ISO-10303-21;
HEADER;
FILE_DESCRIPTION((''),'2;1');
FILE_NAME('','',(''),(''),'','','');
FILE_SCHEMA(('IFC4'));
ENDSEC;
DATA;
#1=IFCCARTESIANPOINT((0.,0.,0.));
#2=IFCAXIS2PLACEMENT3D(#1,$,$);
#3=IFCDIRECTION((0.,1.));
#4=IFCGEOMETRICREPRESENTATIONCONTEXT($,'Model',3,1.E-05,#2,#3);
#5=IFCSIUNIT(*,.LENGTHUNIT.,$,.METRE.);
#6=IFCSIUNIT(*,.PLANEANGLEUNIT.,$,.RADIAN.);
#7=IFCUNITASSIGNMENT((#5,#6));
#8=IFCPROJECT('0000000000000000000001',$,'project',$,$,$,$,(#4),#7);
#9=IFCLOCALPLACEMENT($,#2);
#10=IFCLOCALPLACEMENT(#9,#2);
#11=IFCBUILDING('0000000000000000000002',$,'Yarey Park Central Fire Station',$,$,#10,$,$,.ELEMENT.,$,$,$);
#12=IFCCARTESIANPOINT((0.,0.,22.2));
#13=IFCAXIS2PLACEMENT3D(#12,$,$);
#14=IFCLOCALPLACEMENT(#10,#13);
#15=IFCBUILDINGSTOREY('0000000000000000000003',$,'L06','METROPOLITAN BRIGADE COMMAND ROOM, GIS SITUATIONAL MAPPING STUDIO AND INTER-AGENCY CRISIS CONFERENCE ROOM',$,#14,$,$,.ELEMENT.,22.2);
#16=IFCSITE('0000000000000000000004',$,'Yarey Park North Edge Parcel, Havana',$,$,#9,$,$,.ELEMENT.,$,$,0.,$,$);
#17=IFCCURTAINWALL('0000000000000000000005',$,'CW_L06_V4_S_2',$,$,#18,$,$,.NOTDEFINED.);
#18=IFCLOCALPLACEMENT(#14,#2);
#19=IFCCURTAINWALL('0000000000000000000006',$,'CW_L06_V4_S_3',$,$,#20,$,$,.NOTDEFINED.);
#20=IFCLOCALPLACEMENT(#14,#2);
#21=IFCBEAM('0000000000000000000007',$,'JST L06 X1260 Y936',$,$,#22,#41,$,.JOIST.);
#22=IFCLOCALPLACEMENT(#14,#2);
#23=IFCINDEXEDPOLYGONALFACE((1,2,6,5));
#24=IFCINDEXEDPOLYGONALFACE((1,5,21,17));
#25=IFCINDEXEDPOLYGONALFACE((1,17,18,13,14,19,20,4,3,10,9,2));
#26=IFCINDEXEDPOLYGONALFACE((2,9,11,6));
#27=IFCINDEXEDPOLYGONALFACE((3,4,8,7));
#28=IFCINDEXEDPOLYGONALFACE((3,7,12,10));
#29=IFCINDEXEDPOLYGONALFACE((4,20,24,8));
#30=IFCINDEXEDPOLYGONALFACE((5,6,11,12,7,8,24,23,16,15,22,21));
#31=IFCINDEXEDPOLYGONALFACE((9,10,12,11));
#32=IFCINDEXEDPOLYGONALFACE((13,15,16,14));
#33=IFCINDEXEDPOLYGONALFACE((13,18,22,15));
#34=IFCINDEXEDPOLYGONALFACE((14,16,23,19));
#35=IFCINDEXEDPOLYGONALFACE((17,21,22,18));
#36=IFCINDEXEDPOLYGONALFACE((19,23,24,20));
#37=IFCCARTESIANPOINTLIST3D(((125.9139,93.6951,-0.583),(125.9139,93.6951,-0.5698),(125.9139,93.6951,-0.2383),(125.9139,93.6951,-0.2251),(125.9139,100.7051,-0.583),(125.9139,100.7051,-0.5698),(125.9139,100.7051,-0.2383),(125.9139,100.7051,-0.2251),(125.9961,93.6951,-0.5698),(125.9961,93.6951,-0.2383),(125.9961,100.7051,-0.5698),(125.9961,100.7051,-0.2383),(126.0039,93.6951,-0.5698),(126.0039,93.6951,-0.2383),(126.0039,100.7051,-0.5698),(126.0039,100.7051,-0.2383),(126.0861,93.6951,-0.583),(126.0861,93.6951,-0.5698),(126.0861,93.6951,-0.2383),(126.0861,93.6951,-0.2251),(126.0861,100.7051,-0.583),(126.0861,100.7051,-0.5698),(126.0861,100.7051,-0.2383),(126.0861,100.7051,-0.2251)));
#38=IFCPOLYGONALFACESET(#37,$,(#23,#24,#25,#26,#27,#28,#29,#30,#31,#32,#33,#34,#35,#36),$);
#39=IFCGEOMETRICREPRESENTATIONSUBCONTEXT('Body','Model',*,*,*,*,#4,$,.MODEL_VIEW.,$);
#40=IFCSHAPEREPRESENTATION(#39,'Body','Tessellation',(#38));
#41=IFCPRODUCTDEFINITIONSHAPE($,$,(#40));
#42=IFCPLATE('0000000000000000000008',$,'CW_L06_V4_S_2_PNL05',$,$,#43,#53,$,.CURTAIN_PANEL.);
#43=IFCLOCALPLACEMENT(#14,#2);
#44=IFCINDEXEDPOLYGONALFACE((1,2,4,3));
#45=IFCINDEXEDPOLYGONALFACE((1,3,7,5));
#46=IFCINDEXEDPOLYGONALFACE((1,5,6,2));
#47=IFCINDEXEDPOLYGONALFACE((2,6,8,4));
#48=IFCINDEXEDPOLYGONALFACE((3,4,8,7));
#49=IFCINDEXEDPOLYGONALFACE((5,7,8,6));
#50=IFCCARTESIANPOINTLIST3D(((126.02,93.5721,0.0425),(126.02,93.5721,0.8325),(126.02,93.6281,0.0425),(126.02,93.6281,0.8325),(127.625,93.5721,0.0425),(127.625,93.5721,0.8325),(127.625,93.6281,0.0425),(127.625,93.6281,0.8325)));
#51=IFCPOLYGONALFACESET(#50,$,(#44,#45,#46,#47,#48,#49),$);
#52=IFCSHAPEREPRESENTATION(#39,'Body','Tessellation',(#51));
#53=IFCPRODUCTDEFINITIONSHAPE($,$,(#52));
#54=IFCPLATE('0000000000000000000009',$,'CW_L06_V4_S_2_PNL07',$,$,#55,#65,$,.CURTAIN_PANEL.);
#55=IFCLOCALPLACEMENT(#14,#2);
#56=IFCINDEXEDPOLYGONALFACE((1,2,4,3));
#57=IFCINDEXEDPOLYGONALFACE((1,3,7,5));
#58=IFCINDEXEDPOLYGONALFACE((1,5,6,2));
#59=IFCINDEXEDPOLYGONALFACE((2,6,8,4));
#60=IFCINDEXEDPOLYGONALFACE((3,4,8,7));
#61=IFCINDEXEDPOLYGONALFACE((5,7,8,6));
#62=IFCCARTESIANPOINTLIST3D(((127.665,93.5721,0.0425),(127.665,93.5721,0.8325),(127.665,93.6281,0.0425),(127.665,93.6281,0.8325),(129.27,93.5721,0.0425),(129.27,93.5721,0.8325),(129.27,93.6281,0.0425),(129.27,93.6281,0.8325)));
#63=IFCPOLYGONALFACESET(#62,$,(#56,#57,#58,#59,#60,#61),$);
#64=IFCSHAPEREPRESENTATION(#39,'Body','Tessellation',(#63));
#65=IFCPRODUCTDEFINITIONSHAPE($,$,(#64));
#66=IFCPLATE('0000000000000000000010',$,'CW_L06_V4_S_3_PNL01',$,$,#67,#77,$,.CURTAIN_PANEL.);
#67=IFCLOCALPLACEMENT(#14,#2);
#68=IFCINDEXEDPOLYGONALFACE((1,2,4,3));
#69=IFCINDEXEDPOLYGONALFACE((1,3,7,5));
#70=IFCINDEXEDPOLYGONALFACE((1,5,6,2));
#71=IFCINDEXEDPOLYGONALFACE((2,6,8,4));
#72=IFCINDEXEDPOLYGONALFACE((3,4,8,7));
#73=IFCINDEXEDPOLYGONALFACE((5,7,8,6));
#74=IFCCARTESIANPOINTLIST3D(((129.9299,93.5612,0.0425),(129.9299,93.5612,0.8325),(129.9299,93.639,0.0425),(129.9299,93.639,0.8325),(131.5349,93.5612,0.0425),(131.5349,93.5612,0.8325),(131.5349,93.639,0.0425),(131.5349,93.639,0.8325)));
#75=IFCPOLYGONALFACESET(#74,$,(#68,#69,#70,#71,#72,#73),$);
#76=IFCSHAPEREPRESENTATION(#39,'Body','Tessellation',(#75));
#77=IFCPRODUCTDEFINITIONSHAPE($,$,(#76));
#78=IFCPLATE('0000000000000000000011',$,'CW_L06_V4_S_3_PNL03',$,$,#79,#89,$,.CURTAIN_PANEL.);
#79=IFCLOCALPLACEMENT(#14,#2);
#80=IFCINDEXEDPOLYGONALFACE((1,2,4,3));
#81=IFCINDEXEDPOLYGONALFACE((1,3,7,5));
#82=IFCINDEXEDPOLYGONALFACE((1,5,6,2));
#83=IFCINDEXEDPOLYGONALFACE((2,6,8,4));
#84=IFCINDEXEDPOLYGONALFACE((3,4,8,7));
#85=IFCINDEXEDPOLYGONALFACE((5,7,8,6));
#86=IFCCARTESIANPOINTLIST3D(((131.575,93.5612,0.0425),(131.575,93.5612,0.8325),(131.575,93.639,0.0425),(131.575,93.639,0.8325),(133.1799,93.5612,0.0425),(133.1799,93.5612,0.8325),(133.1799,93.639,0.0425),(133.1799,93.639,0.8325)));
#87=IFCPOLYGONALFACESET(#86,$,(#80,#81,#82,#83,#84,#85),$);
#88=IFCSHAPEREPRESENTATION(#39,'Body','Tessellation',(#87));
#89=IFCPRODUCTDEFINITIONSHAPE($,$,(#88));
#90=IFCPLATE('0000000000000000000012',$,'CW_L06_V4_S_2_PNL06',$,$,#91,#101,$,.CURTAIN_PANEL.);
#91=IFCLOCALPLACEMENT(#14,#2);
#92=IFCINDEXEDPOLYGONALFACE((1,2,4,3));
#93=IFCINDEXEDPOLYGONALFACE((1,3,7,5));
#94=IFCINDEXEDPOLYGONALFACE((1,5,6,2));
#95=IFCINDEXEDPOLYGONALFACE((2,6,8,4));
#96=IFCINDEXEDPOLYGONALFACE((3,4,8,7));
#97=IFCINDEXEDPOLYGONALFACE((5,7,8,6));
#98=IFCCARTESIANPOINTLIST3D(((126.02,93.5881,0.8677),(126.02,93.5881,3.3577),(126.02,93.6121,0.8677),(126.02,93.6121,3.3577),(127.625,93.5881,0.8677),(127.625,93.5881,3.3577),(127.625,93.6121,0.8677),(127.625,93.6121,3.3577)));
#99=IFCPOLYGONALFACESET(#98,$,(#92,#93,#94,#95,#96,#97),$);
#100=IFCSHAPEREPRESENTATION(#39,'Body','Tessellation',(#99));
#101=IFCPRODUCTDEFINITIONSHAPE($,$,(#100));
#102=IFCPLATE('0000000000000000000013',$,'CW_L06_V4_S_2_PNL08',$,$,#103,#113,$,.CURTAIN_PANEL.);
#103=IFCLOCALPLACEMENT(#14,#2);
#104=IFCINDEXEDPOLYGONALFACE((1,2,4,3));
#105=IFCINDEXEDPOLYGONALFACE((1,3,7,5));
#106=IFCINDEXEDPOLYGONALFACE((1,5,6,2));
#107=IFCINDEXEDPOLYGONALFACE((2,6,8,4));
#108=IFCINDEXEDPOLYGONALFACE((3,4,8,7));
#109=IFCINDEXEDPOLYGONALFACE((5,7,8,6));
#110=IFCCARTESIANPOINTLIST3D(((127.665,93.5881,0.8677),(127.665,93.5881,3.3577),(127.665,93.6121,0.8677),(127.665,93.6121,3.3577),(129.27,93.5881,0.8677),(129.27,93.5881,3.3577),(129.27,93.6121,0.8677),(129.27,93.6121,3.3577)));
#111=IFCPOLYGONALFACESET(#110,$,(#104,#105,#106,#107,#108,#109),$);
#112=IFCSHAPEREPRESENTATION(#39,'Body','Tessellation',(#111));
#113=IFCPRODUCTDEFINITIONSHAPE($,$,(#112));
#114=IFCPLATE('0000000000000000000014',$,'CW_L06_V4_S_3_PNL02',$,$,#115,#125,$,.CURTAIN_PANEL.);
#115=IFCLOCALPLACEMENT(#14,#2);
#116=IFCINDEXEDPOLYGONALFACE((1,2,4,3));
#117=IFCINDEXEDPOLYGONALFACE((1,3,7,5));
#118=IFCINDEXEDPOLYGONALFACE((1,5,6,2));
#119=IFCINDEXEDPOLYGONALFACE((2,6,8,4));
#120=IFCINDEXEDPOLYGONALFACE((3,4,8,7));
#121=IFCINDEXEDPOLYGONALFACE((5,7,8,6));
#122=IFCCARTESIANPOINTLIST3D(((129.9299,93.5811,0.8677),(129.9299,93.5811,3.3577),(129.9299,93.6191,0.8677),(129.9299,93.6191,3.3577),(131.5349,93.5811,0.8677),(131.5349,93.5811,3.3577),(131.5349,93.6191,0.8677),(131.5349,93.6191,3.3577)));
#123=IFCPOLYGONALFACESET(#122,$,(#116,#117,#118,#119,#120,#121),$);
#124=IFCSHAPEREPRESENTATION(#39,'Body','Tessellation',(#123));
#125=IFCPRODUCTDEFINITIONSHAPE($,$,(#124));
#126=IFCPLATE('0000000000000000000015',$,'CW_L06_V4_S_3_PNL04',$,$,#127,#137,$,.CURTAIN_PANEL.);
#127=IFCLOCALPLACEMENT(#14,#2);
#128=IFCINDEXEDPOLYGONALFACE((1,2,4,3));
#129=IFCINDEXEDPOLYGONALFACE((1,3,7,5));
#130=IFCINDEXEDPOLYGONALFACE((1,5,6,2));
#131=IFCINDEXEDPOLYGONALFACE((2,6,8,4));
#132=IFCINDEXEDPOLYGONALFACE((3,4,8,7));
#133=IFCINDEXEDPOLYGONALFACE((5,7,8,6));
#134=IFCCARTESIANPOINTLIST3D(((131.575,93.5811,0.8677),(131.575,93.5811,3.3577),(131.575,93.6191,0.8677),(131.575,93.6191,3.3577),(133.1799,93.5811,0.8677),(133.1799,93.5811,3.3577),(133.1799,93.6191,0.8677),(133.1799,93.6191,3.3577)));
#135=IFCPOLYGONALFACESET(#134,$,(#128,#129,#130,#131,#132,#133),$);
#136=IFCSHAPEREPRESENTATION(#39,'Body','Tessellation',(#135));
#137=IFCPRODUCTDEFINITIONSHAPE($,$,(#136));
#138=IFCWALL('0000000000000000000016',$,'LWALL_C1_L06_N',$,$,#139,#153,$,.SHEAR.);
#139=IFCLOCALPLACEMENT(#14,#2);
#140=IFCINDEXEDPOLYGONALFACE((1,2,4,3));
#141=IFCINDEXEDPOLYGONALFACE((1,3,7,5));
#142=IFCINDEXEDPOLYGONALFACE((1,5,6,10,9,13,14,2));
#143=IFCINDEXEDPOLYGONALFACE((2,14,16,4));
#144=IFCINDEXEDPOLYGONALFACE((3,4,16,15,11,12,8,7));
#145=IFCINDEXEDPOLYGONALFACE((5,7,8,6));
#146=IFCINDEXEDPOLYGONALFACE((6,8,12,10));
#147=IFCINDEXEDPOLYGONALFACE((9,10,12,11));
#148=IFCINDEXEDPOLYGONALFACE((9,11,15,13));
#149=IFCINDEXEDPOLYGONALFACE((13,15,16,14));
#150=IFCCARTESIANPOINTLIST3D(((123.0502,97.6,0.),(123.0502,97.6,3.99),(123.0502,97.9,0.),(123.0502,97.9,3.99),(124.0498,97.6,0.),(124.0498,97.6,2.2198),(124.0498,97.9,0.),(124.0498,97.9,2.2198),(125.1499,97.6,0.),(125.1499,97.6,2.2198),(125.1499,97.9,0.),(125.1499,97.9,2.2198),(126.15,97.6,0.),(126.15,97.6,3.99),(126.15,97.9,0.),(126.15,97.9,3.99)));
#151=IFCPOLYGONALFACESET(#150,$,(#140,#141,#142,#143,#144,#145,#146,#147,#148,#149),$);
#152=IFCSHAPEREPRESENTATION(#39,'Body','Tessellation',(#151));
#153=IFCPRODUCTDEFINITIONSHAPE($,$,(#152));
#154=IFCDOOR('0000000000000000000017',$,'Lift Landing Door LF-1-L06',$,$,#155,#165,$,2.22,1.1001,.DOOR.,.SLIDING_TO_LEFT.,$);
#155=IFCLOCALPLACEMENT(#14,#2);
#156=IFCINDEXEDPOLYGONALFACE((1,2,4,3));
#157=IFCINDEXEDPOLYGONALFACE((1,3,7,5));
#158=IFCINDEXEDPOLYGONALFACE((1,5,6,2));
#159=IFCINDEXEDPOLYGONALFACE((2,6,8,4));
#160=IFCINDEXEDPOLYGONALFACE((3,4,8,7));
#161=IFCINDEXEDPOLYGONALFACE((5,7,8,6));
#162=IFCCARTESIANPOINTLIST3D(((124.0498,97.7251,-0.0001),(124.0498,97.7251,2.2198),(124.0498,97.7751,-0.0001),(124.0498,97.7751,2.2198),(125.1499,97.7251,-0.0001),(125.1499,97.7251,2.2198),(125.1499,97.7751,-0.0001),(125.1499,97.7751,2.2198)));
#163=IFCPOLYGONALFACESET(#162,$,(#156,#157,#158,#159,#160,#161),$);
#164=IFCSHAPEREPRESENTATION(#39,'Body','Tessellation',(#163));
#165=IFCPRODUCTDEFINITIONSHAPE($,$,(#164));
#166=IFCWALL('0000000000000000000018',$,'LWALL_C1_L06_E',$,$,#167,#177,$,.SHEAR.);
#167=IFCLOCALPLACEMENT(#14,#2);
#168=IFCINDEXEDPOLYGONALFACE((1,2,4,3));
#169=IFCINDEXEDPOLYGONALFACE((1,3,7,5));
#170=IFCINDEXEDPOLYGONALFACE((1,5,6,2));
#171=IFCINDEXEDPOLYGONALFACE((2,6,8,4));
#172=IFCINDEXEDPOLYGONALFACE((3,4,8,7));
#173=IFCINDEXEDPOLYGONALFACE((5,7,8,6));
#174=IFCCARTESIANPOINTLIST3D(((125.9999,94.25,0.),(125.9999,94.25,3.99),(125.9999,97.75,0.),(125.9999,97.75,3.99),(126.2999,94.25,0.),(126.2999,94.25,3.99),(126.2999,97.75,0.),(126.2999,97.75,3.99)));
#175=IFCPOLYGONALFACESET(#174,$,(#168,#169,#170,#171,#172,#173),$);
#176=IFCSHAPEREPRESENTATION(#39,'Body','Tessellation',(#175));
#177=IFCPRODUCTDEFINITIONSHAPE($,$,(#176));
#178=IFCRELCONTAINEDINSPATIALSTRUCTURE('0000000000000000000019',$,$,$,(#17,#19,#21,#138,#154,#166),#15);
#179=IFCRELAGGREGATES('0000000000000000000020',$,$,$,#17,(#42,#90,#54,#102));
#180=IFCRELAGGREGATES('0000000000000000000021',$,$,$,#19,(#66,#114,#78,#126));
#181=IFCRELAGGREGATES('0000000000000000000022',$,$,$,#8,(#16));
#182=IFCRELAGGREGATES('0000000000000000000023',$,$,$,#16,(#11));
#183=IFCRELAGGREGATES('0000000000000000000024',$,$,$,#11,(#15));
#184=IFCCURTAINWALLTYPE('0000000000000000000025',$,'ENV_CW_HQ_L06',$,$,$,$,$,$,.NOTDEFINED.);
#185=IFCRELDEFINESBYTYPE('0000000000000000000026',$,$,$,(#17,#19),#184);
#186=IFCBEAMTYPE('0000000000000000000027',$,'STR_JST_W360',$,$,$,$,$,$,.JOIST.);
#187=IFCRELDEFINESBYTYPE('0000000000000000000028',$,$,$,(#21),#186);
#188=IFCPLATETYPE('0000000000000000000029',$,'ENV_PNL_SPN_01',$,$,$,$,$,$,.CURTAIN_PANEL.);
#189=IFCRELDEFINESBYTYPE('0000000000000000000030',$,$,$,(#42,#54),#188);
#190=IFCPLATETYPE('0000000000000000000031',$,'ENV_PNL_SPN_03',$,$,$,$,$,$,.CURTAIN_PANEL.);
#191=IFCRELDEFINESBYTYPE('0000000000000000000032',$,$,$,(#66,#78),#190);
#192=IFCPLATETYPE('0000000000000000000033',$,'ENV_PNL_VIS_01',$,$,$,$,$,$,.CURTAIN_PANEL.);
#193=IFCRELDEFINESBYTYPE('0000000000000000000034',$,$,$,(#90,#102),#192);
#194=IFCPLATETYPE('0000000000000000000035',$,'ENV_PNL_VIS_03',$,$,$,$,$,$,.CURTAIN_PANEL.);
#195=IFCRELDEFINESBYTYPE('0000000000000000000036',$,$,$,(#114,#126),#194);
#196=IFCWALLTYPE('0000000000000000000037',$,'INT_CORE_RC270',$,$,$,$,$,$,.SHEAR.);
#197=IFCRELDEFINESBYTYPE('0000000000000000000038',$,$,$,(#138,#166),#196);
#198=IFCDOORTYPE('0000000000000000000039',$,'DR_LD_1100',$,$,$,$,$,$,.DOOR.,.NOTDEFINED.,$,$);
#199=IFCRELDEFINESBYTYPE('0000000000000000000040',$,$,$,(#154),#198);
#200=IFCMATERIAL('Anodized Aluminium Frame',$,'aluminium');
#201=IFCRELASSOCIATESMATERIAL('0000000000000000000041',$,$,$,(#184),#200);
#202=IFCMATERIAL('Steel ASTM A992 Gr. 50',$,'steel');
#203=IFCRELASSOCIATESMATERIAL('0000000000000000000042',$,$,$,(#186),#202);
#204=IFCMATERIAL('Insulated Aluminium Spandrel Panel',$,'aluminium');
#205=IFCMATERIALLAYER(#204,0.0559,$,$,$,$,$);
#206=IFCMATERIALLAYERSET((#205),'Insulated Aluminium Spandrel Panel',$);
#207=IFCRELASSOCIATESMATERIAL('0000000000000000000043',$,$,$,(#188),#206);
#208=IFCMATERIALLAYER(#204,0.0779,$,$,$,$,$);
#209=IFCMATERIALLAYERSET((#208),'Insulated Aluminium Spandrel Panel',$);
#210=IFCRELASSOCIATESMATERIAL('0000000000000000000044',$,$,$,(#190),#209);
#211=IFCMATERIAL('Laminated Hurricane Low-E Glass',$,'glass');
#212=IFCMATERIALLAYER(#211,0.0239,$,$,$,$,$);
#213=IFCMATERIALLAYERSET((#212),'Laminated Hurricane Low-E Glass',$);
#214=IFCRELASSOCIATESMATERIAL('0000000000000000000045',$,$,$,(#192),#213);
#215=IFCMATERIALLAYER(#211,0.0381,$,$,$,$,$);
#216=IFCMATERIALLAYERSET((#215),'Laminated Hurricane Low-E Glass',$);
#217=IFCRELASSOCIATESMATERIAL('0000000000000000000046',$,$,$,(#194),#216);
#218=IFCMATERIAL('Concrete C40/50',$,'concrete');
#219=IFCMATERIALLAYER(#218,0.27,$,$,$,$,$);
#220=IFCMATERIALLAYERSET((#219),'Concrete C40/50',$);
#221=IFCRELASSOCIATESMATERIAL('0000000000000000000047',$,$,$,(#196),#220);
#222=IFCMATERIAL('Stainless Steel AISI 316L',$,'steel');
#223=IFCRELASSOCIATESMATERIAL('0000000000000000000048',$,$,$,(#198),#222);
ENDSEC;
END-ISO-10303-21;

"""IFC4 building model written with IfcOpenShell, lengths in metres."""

from ifc_helpers import new_model, si_unit, direction, frame, frame_2d, origin, origin_2d, place, context, subcontext, project, spatial, rectangle, i_section, extrude, material, layer, layer_set, material_profile, profile_set, type_object, element, fill, aggregate, save


model = new_model("IFC4")

# Units and contexts
model_context = context("Model", 3, precision=1e-05, world=origin(), true_north=direction((0.0, 1.0)))
body_context = subcontext(model_context, "Body", "Model", "MODEL_VIEW")
ifc_project = project(units=[si_unit("LENGTHUNIT", "METRE"), si_unit("PLANEANGLEUNIT", "RADIAN")], contexts=[model_context])

# Site, building, storey
site_placement = place(None, origin())
site = spatial("IfcSite", under=ifc_project, at=site_placement, Name="Yarey Park North Edge Parcel, Havana", CompositionType="ELEMENT", RefElevation=0.0)
building_placement = place(site_placement, origin())
building = spatial("IfcBuilding", under=site, at=building_placement, Name="Yarey Park Central Fire Station", CompositionType="ELEMENT")
storey_placement = place(building_placement, frame((0.0, 0.0, 22.2)))
storey = spatial("IfcBuildingStorey", under=building, at=storey_placement, Name="L06", Description="METROPOLITAN BRIGADE COMMAND ROOM, GIS SITUATIONAL MAPPING STUDIO AND INTER-AGENCY CRISIS CONFERENCE ROOM", CompositionType="ELEMENT", Elevation=22.2)

# Shared definitions
ifc_material_1 = material(Name="Concrete C40/50", Category="concrete")

# Curtain walls
ifc_material_2 = material(Name="Anodized Aluminium Frame", Category="aluminium")
curtain_wall_type = type_object("IfcCurtainWallType", Name="ENV_CW_HQ_L06", PredefinedType="NOTDEFINED", material=ifc_material_2)
curtain_wall_1_placement = place(storey_placement, origin())
curtain_wall_1 = element("IfcCurtainWall", 1, at=curtain_wall_1_placement, inside=storey, type_object=curtain_wall_type, Name="CW_L06_V4_S_2", PredefinedType="NOTDEFINED")
curtain_wall_2_placement = place(storey_placement, origin())
curtain_wall_2 = element("IfcCurtainWall", 2, at=curtain_wall_2_placement, inside=storey, type_object=curtain_wall_type, Name="CW_L06_V4_S_3", PredefinedType="NOTDEFINED")

# Beam
ifc_material_3 = material(Name="Steel ASTM A992 Gr. 50", Category="steel")
ifc_material_profile_1 = material_profile(ifc_material_3, i_section(OverallWidth=0.1721, OverallDepth=0.3579, WebThickness=0.0078, FlangeThickness=0.0132, at=origin_2d()), Name="W360x57")
ifc_profile_set_1 = profile_set([ifc_material_profile_1], Name="Steel ASTM A992 Gr. 50")
beam_type_1 = type_object("IfcBeamType", Name="STR_JST_W360", PredefinedType="JOIST", material=ifc_profile_set_1)
beam_placement = place(storey_placement, frame((126.0, 93.6951, -0.4041), z_axis=(0.0, 1.0, 0.0), x_axis=(-1.0, 0.0, 0.0)))
element("IfcBeam", 3, at=beam_placement, inside=storey, type_object=beam_type_1, Name="JST L06 X1260 Y936", PredefinedType="JOIST", context=body_context, shape_type="SweptSolid", body=[
    extrude(i_section(OverallWidth=0.1721, OverallDepth=0.3579, WebThickness=0.0078, FlangeThickness=0.0132, at=origin_2d()), origin(), (0.0, 0.0, 1.0), 7.01),
])

# Plates
ifc_material_4 = material(Name="Insulated Aluminium Spandrel Panel", Category="aluminium")
ifc_layer_1 = layer(ifc_material_4, 0.0559)
ifc_layer_set_1 = layer_set([ifc_layer_1], Name="Insulated Aluminium Spandrel Panel")
plate_type_1 = type_object("IfcPlateType", Name="ENV_PNL_SPN_01", PredefinedType="CURTAIN_PANEL", material=ifc_layer_set_1)
plate_1_placement = place(storey_placement, frame((126.8225, 93.6001, 0.0425), z_axis=(0.0, 0.0, 1.0), x_axis=(1.0, 0.0, 0.0)))
plate_1 = element("IfcPlate", 4, at=plate_1_placement, type_object=plate_type_1, Name="CW_L06_V4_S_2_PNL05", PredefinedType="CURTAIN_PANEL", context=body_context, shape_type="SweptSolid", body=[
    extrude(rectangle(XDim=1.605, YDim=0.0559, at=origin_2d()), origin(), (0.0, 0.0, 1.0), 0.79),
])
plate_2_placement = place(storey_placement, frame((128.4675, 93.6001, 0.0425), z_axis=(0.0, 0.0, 1.0), x_axis=(1.0, 0.0, 0.0)))
plate_2 = element("IfcPlate", 5, at=plate_2_placement, type_object=plate_type_1, Name="CW_L06_V4_S_2_PNL07", PredefinedType="CURTAIN_PANEL", context=body_context, shape_type="SweptSolid", body=[
    extrude(rectangle(XDim=1.605, YDim=0.0559, at=origin_2d()), origin(), (0.0, 0.0, 1.0), 0.79),
])
ifc_layer_2 = layer(ifc_material_4, 0.0779)
ifc_layer_set_2 = layer_set([ifc_layer_2], Name="Insulated Aluminium Spandrel Panel")
plate_type_2 = type_object("IfcPlateType", Name="ENV_PNL_SPN_03", PredefinedType="CURTAIN_PANEL", material=ifc_layer_set_2)
plate_3_placement = place(storey_placement, frame((130.7324, 93.6001, 0.0425), z_axis=(0.0, 0.0, 1.0), x_axis=(1.0, 0.0, 0.0)))
plate_3 = element("IfcPlate", 6, at=plate_3_placement, type_object=plate_type_2, Name="CW_L06_V4_S_3_PNL01", PredefinedType="CURTAIN_PANEL", context=body_context, shape_type="SweptSolid", body=[
    extrude(rectangle(XDim=1.605, YDim=0.0779, at=origin_2d()), origin(), (0.0, 0.0, 1.0), 0.79),
])
plate_4_placement = place(storey_placement, frame((132.3774, 93.6001, 0.0425), z_axis=(0.0, 0.0, 1.0), x_axis=(1.0, 0.0, 0.0)))
plate_4 = element("IfcPlate", 7, at=plate_4_placement, type_object=plate_type_2, Name="CW_L06_V4_S_3_PNL03", PredefinedType="CURTAIN_PANEL", context=body_context, shape_type="SweptSolid", body=[
    extrude(rectangle(XDim=1.605, YDim=0.0779, at=origin_2d()), origin(), (0.0, 0.0, 1.0), 0.79),
])
ifc_material_5 = material(Name="Laminated Hurricane Low-E Glass", Category="glass")
ifc_layer_3 = layer(ifc_material_5, 0.0239)
ifc_layer_set_3 = layer_set([ifc_layer_3], Name="Laminated Hurricane Low-E Glass")
plate_type_3 = type_object("IfcPlateType", Name="ENV_PNL_VIS_01", PredefinedType="CURTAIN_PANEL", material=ifc_layer_set_3)
plate_5_placement = place(storey_placement, frame((126.8225, 93.6001, 0.8677), z_axis=(0.0, 0.0, 1.0), x_axis=(1.0, 0.0, 0.0)))
plate_5 = element("IfcPlate", 8, at=plate_5_placement, type_object=plate_type_3, Name="CW_L06_V4_S_2_PNL06", PredefinedType="CURTAIN_PANEL", context=body_context, shape_type="SweptSolid", body=[
    extrude(rectangle(XDim=1.605, YDim=0.0239, at=origin_2d()), origin(), (0.0, 0.0, 1.0), 2.49),
])
plate_6_placement = place(storey_placement, frame((128.4675, 93.6001, 0.8677), z_axis=(0.0, 0.0, 1.0), x_axis=(1.0, 0.0, 0.0)))
plate_6 = element("IfcPlate", 9, at=plate_6_placement, type_object=plate_type_3, Name="CW_L06_V4_S_2_PNL08", PredefinedType="CURTAIN_PANEL", context=body_context, shape_type="SweptSolid", body=[
    extrude(rectangle(XDim=1.605, YDim=0.0239, at=origin_2d()), origin(), (0.0, 0.0, 1.0), 2.49),
])
aggregate(curtain_wall_1, [plate_1, plate_5, plate_2, plate_6])
ifc_layer_4 = layer(ifc_material_5, 0.0381)
ifc_layer_set_4 = layer_set([ifc_layer_4], Name="Laminated Hurricane Low-E Glass")
plate_type_4 = type_object("IfcPlateType", Name="ENV_PNL_VIS_03", PredefinedType="CURTAIN_PANEL", material=ifc_layer_set_4)
plate_7_placement = place(storey_placement, frame((130.7324, 93.6001, 0.8677), z_axis=(0.0, 0.0, 1.0), x_axis=(1.0, 0.0, 0.0)))
plate_7 = element("IfcPlate", 10, at=plate_7_placement, type_object=plate_type_4, Name="CW_L06_V4_S_3_PNL02", PredefinedType="CURTAIN_PANEL", context=body_context, shape_type="SweptSolid", body=[
    extrude(rectangle(XDim=1.605, YDim=0.0381, at=origin_2d()), origin(), (0.0, 0.0, 1.0), 2.49),
])
plate_8_placement = place(storey_placement, frame((132.3774, 93.6001, 0.8677), z_axis=(0.0, 0.0, 1.0), x_axis=(1.0, 0.0, 0.0)))
plate_8 = element("IfcPlate", 11, at=plate_8_placement, type_object=plate_type_4, Name="CW_L06_V4_S_3_PNL04", PredefinedType="CURTAIN_PANEL", context=body_context, shape_type="SweptSolid", body=[
    extrude(rectangle(XDim=1.605, YDim=0.0381, at=origin_2d()), origin(), (0.0, 0.0, 1.0), 2.49),
])
aggregate(curtain_wall_2, [plate_3, plate_7, plate_4, plate_8])

# Wall, opening, door
ifc_layer_5 = layer(ifc_material_1, 0.27)
ifc_layer_set_5 = layer_set([ifc_layer_5], Name="Concrete C40/50")
wall_type_1 = type_object("IfcWallType", Name="INT_CORE_RC270", PredefinedType="SHEAR", material=ifc_layer_set_5)
wall_1_placement = place(storey_placement, frame((126.1499, 97.75, 0.0), z_axis=(0.0, 0.0, 1.0), x_axis=(-1.0, 0.0, 0.0)))
wall_1 = element("IfcWall", 12, at=wall_1_placement, inside=storey, type_object=wall_type_1, Name="LWALL_C1_L06_N", PredefinedType="SHEAR", context=body_context, shape_type="SweptSolid", body=[
    extrude(rectangle(XDim=3.0999, YDim=0.3, at=frame_2d((1.5498, 0.0))), origin(), (0.0, 0.0, 1.0), 3.99),
])
opening_1_placement = place(wall_1_placement, frame((1.0, 0.0, 0.0)))
opening_1 = element("IfcOpeningElement", 13, at=opening_1_placement, cuts=wall_1, PredefinedType="OPENING", context=body_context, shape_type="SweptSolid", body=[
    extrude(rectangle(XDim=1.1001, YDim=2.22, at=frame_2d((0.55, 1.1099))), frame((0.0, 0.1599, 0.0), z_axis=(0.0, -1.0, 0.0), x_axis=(1.0, 0.0, 0.0)), (0.0, 0.0, 1.0), 0.3201),
])
ifc_material_6 = material(Name="Stainless Steel AISI 316L", Category="steel")
door_type_1 = type_object("IfcDoorType", Name="DR_LD_1100", OperationType="NOTDEFINED", PredefinedType="DOOR", material=ifc_material_6)
door_1_placement = place(opening_1_placement, origin())
door_1 = element("IfcDoor", 14, at=door_1_placement, inside=storey, type_object=door_type_1, Name="Lift Landing Door LF-1-L06", OperationType="SLIDING_TO_LEFT", OverallHeight=2.22, OverallWidth=1.1001, PredefinedType="DOOR", context=body_context, shape_type="SweptSolid", body=[
    extrude(rectangle(XDim=1.1001, YDim=2.22, at=frame_2d((0.55, 1.1099))), frame((0.0, 0.0249, 0.0), z_axis=(0.0, -1.0, 0.0), x_axis=(1.0, 0.0, 0.0)), (0.0, 0.0, 1.0), 0.05),
])
fill(opening_1, door_1)

# Wall
wall_2_placement = place(storey_placement, frame((126.1499, 94.25, 0.0), z_axis=(0.0, 0.0, 1.0), x_axis=(0.0, 1.0, 0.0)))
element("IfcWall", 15, at=wall_2_placement, inside=storey, type_object=wall_type_1, Name="LWALL_C1_L06_E", PredefinedType="SHEAR", context=body_context, shape_type="SweptSolid", body=[
    extrude(rectangle(XDim=3.5, YDim=0.3, at=frame_2d((1.75, 0.0))), origin(), (0.0, 0.0, 1.0), 3.99),
])

save(model, "model.ifc")
